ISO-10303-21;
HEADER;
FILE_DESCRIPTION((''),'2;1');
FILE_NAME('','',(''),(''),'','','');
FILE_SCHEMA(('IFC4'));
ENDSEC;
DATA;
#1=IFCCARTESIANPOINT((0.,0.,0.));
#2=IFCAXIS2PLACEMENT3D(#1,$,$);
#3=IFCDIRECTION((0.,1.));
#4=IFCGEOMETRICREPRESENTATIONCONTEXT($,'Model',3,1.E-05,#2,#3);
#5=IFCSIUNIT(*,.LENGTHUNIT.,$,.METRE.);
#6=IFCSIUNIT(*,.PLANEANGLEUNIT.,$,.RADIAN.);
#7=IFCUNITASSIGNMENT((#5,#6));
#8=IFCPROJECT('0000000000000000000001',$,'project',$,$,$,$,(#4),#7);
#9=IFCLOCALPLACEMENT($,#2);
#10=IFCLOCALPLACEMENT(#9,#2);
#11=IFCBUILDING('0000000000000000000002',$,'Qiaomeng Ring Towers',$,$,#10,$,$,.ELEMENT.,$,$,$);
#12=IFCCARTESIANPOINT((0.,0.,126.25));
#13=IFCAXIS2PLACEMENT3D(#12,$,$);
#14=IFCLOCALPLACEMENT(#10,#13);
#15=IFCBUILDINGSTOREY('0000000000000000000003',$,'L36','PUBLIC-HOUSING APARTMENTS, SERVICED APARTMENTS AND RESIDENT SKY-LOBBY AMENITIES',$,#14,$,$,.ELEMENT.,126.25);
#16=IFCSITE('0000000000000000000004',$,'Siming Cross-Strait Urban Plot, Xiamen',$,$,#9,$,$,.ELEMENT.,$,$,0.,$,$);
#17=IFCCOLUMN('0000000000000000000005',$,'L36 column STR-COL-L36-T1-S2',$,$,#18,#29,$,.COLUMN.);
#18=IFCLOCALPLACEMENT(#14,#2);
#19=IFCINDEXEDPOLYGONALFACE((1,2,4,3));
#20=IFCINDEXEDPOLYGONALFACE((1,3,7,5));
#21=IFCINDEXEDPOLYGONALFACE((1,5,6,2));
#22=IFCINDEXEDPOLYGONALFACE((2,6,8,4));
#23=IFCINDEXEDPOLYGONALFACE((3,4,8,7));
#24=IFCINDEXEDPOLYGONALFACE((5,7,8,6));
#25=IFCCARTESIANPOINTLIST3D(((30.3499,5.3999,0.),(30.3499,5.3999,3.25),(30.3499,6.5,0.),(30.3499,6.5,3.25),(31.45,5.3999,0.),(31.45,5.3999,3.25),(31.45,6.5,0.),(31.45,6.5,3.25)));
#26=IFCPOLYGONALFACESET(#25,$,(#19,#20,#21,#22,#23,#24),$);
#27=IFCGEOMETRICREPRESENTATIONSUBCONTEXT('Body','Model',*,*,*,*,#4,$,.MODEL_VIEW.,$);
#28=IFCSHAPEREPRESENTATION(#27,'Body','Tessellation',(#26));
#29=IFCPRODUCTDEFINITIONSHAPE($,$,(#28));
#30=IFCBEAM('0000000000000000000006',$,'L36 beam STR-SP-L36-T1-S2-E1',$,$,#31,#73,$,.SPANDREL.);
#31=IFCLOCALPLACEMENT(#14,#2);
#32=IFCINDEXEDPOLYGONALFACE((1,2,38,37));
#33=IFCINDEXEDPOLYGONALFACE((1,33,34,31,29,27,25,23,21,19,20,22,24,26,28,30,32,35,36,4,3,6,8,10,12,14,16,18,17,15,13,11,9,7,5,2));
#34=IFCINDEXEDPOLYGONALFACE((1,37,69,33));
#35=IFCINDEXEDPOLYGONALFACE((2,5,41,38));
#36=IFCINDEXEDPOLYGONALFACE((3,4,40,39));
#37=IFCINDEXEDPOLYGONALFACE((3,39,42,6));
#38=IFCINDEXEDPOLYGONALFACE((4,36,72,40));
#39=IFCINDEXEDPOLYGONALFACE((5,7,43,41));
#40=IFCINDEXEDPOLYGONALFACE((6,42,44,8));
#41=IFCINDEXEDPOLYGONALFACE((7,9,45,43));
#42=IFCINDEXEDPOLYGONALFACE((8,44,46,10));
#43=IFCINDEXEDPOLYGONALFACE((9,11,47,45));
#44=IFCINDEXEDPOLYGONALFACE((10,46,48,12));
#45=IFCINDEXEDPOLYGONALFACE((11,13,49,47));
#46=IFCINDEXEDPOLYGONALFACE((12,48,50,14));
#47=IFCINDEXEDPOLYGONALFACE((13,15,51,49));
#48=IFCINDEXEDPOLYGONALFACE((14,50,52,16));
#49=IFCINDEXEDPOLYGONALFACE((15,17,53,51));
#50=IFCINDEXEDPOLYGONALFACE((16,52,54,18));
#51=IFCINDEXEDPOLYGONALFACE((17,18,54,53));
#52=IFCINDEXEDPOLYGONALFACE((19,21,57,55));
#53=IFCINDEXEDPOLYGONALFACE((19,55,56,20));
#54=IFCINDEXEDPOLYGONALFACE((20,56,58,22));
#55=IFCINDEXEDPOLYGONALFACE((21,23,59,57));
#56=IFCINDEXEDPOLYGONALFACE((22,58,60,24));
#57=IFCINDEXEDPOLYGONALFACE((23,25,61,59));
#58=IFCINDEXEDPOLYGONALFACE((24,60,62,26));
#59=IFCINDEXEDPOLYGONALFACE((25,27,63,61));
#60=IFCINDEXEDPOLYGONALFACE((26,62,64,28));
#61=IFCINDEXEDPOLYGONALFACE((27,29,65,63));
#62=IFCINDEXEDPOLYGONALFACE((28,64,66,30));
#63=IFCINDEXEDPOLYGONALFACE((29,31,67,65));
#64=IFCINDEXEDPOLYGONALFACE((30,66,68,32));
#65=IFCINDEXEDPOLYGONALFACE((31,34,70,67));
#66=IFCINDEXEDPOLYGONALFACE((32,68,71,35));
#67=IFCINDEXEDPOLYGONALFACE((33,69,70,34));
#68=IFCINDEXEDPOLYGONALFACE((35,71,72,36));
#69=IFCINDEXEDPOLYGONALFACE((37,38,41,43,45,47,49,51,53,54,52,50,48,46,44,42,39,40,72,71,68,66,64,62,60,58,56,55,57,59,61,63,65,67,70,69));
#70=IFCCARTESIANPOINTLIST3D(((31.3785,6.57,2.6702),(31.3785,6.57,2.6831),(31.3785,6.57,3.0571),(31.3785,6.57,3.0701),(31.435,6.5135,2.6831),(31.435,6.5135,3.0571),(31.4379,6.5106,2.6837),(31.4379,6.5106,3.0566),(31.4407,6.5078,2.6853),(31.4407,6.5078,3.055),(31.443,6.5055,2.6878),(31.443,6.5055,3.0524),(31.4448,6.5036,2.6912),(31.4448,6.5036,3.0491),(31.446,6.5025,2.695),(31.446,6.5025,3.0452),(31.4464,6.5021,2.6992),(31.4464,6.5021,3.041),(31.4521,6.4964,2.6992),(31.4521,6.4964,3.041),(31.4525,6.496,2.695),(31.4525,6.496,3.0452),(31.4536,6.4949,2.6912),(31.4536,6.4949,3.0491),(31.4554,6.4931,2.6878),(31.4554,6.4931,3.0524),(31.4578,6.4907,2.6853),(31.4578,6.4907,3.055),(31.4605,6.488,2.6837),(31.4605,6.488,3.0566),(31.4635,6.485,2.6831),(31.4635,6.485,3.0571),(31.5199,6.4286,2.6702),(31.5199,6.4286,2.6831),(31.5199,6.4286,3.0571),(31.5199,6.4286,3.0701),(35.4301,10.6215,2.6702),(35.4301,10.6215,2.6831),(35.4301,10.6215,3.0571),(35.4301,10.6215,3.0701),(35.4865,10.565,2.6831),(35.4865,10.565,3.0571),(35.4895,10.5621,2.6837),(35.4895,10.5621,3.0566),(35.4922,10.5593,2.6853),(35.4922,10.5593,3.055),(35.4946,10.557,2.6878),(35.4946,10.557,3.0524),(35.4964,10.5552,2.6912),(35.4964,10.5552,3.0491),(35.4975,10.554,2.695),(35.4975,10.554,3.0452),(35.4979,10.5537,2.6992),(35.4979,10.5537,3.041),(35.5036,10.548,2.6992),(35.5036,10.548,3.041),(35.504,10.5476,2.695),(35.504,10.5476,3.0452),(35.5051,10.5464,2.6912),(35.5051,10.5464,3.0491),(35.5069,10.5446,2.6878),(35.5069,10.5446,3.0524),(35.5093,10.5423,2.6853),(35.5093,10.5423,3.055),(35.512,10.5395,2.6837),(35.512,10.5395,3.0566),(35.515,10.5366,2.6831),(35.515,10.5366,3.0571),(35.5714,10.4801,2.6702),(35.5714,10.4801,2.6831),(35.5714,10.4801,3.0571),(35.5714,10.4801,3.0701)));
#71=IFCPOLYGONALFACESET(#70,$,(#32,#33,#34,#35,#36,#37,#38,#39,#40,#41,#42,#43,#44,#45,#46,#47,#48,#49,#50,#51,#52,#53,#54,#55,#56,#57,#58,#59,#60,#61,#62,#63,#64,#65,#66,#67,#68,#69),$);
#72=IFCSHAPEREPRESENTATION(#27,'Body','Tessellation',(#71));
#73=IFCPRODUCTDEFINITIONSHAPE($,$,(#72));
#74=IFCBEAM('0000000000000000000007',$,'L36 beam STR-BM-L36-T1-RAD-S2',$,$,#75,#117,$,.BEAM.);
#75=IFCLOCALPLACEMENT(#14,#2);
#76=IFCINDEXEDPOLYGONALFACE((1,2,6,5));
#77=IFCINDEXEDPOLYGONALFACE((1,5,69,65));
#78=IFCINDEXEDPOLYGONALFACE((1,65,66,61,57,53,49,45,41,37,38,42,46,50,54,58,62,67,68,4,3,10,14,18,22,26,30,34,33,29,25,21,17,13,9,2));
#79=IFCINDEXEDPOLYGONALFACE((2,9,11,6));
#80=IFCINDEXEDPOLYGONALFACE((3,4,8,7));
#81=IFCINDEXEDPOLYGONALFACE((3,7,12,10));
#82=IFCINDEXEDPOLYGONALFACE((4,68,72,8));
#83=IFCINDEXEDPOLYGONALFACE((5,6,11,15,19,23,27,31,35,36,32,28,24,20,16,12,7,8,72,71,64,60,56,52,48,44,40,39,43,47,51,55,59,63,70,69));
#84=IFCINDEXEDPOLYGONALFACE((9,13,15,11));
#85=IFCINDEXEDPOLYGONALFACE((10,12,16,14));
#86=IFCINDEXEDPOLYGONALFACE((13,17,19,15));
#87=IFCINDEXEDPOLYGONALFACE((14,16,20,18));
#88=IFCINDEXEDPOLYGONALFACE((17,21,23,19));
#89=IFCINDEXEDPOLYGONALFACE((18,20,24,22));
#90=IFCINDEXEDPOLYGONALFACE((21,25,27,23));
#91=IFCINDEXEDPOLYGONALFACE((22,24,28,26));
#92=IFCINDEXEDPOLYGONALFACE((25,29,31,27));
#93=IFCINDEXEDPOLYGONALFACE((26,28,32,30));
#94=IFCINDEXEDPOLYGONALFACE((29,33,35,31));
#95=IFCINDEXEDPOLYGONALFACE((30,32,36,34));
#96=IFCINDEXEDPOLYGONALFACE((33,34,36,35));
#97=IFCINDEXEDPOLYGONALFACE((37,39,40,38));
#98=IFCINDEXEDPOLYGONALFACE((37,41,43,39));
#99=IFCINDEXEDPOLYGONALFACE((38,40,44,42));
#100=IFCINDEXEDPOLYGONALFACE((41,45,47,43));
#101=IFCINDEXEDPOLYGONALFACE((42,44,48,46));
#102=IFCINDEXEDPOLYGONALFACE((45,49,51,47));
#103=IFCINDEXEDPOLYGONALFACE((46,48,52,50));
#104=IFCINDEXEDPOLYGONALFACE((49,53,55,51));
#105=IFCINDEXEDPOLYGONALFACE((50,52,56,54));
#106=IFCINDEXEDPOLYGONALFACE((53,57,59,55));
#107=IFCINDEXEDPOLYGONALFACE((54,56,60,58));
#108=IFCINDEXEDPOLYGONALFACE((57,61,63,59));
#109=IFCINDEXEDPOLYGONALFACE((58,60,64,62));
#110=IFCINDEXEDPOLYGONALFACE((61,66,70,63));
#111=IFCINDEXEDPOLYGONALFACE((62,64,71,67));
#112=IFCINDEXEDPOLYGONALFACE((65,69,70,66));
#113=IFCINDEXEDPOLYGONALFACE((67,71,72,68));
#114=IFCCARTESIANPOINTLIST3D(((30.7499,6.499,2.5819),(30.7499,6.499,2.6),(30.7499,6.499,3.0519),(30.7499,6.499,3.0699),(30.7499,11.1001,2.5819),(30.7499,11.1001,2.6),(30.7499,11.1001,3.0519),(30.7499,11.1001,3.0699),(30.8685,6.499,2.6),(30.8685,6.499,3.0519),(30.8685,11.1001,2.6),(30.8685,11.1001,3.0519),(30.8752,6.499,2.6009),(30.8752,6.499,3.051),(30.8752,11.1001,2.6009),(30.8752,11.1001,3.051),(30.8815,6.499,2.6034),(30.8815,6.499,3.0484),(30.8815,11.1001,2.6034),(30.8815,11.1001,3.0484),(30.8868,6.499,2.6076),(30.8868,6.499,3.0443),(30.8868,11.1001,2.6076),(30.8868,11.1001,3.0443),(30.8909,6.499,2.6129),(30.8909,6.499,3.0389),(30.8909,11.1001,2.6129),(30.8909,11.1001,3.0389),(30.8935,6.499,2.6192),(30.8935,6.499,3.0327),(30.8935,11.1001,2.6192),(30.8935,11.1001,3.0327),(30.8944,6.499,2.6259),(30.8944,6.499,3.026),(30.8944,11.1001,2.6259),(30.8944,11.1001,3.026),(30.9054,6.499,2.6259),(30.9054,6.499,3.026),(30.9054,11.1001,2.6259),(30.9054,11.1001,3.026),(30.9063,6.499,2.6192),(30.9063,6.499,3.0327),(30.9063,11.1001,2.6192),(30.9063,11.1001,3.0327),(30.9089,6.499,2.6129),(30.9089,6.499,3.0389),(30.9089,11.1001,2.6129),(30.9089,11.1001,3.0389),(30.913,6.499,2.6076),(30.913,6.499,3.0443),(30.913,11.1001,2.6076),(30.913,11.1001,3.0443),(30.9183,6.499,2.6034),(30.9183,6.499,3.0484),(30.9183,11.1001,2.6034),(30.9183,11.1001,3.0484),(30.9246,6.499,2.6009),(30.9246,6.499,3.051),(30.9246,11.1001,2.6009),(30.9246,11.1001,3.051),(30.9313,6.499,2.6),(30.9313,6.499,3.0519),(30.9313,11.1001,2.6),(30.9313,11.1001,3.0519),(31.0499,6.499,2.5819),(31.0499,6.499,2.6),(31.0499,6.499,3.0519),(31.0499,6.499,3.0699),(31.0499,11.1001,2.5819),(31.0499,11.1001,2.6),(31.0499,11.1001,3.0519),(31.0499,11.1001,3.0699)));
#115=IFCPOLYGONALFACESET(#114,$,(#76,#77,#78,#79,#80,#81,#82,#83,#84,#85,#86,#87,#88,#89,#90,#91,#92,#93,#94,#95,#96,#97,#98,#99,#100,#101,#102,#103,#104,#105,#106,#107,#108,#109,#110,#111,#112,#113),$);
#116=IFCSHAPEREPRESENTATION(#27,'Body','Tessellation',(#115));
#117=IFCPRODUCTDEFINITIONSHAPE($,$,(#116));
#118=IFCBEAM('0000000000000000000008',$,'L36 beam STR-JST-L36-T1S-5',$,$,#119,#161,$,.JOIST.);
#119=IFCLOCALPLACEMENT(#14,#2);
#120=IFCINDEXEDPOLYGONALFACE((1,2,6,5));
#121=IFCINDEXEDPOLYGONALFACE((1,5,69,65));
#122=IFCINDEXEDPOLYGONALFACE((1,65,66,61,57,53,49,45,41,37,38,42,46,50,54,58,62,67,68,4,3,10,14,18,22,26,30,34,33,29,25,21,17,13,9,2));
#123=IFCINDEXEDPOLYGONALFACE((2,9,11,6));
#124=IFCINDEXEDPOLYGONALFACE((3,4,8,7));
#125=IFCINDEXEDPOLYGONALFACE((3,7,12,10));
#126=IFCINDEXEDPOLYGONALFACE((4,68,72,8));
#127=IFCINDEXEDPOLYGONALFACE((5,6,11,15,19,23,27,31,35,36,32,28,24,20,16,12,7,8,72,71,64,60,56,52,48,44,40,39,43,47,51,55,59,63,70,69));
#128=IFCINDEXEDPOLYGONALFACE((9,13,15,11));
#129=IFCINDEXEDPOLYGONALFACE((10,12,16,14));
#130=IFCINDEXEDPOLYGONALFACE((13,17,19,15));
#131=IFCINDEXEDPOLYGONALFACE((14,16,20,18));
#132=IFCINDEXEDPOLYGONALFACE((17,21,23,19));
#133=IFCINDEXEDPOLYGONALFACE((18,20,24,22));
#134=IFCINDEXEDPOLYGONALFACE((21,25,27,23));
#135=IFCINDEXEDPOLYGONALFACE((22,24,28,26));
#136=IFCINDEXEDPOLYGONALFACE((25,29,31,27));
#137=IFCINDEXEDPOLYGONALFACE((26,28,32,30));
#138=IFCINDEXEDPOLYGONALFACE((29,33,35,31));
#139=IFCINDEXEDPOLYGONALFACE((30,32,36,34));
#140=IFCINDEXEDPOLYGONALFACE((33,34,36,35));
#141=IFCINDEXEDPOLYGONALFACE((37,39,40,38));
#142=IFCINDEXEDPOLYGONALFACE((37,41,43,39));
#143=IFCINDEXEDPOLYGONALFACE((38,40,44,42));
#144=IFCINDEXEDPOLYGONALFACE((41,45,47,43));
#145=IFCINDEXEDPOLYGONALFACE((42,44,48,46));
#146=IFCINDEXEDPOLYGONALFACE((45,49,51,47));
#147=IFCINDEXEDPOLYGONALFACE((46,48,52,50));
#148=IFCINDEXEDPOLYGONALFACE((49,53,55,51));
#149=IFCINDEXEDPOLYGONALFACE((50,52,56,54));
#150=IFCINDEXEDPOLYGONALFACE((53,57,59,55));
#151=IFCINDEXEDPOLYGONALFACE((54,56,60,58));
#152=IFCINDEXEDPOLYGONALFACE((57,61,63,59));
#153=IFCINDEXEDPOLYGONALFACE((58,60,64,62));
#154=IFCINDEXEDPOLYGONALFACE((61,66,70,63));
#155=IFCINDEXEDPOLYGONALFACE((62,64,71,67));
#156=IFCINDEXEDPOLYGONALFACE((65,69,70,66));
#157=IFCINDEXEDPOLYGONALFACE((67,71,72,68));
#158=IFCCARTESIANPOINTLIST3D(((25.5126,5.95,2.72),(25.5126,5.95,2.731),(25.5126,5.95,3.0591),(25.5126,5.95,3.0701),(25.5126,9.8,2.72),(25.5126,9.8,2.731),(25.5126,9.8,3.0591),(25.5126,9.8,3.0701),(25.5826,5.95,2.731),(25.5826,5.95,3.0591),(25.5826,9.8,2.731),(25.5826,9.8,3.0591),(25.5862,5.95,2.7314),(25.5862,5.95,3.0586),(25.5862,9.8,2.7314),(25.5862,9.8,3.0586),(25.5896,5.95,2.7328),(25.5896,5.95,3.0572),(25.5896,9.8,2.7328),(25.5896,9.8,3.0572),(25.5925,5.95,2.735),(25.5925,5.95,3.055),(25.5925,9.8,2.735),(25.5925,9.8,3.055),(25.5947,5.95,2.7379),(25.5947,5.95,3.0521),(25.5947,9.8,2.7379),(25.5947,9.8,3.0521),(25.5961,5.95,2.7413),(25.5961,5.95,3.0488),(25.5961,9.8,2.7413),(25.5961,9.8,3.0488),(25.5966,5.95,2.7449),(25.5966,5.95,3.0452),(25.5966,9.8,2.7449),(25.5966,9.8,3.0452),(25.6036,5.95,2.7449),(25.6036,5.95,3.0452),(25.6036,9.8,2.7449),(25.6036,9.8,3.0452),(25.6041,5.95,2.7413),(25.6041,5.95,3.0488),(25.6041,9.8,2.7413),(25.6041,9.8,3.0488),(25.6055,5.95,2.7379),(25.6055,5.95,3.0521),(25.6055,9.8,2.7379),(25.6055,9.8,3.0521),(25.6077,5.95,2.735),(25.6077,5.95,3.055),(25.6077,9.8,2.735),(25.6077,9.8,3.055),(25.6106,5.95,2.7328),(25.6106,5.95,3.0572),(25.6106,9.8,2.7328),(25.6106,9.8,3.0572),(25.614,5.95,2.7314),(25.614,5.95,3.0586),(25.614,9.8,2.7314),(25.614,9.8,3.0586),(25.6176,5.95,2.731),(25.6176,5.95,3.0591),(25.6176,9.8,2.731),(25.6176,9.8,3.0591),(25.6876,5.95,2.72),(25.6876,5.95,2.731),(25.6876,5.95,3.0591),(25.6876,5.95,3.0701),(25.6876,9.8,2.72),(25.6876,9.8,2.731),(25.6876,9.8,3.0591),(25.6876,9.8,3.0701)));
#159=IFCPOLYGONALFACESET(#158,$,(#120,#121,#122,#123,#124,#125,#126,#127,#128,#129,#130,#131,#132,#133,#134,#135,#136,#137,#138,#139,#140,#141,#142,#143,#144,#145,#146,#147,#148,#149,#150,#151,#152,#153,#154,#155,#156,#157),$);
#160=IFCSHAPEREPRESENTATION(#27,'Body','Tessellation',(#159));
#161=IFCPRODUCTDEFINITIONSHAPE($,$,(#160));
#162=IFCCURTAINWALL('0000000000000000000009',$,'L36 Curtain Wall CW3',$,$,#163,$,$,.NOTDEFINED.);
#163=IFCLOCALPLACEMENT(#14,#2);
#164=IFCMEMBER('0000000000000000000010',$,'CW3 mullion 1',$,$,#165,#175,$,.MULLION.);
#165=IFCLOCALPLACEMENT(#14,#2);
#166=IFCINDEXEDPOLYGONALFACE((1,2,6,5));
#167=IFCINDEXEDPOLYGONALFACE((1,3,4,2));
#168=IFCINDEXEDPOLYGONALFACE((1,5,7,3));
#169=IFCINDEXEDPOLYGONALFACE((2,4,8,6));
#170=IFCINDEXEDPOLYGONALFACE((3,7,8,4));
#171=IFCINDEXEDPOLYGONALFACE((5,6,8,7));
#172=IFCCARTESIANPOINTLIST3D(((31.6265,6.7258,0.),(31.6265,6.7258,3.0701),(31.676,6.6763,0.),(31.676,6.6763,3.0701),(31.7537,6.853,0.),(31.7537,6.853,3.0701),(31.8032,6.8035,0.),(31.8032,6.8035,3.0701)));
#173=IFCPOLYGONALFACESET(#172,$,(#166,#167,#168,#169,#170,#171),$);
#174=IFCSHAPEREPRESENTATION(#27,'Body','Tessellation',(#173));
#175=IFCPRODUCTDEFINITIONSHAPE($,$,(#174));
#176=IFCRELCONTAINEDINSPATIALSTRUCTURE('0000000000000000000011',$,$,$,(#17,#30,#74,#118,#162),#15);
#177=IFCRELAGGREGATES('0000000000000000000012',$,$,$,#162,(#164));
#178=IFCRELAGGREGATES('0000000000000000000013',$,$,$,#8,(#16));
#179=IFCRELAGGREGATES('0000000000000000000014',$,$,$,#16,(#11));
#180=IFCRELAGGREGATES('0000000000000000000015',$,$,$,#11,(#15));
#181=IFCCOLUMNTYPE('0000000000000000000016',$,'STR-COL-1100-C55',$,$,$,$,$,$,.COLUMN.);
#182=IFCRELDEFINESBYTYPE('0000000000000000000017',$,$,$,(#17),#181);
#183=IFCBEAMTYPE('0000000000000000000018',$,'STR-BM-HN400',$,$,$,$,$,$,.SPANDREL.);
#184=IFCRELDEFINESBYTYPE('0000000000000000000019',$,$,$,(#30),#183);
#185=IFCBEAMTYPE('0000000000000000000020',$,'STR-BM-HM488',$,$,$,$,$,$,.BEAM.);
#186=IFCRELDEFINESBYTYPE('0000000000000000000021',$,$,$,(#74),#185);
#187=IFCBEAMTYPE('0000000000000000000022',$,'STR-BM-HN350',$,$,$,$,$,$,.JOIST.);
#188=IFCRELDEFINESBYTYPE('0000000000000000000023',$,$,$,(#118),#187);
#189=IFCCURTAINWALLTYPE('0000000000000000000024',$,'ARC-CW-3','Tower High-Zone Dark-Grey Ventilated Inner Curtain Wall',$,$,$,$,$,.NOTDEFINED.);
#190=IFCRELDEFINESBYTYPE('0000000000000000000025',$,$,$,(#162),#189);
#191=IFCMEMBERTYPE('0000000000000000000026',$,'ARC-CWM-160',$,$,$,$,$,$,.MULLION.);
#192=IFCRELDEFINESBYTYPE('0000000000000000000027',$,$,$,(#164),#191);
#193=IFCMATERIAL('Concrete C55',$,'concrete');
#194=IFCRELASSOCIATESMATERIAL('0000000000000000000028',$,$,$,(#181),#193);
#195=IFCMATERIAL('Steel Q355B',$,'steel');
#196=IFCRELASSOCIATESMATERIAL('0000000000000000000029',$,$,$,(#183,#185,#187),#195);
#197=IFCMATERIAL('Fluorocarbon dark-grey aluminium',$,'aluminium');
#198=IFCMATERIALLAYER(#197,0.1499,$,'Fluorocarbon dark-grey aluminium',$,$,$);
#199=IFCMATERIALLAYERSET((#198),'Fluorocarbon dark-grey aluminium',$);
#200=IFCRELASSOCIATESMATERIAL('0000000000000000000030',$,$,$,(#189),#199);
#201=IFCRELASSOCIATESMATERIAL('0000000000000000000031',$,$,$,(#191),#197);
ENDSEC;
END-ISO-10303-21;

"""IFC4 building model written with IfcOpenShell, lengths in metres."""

from ifc_helpers import new_model, si_unit, direction, frame, origin, origin_2d, place, context, subcontext, project, spatial, rectangle, i_section, extrude, source, transform, mapped, material, layer, layer_set, material_profile, profile_set, type_object, element, aggregate, save


model = new_model("IFC4")

# Units and contexts
model_context = context("Model", 3, precision=1e-05, world=origin(), true_north=direction((0.0, 1.0)))
body_context = subcontext(model_context, "Body", "Model", "MODEL_VIEW")
ifc_project = project(units=[si_unit("LENGTHUNIT", "METRE"), si_unit("PLANEANGLEUNIT", "RADIAN")], contexts=[model_context])

# Site, building, storey
site_placement = place(None, origin())
site = spatial("IfcSite", under=ifc_project, at=site_placement, Name="Siming Cross-Strait Urban Plot, Xiamen", CompositionType="ELEMENT", RefElevation=0.0)
building_placement = place(site_placement, origin())
building = spatial("IfcBuilding", under=site, at=building_placement, Name="Qiaomeng Ring Towers", CompositionType="ELEMENT")
storey_placement = place(building_placement, frame((0.0, 0.0, 126.25)))
storey = spatial("IfcBuildingStorey", under=building, at=storey_placement, Name="L36", Description="PUBLIC-HOUSING APARTMENTS, SERVICED APARTMENTS AND RESIDENT SKY-LOBBY AMENITIES", CompositionType="ELEMENT", Elevation=126.25)

# Column
ifc_material_1 = material(Name="Concrete C55", Category="concrete")
ifc_material_profile_1 = material_profile(ifc_material_1, rectangle(XDim=1.1001, YDim=1.1001, at=origin_2d()), Name="RC COL 1100x1100")
ifc_profile_set_1 = profile_set([ifc_material_profile_1], Name="Concrete C55")
column_type = type_object("IfcColumnType", Name="STR-COL-1100-C55", PredefinedType="COLUMN", material=ifc_profile_set_1)
shared_shape_1 = source(origin(), body_context, "Body", "SweptSolid", [
    extrude(rectangle(XDim=1.1001, YDim=1.1001, at=origin_2d()), origin(), (0.0, 0.0, 1.0), 3.25),
])
column_placement = place(storey_placement, frame((30.8999, 5.95, 0.0), z_axis=(0.0, 0.0, 1.0), x_axis=(1.0, 0.0, 0.0)))
element("IfcColumn", 1, at=column_placement, inside=storey, type_object=column_type, Name="L36 column STR-COL-L36-T1-S2", PredefinedType="COLUMN", context=body_context, shape_type="MappedRepresentation", body=[
    mapped(shared_shape_1, transform((0.0, 0.0, 0.0), x_axis=(1.0, 0.0, 0.0), y_axis=(0.0, 1.0, 0.0), z_axis=(0.0, 0.0, 1.0), scale=1.0)),
])

# Beams
ifc_material_2 = material(Name="Steel Q355B", Category="steel")
ifc_material_profile_2 = material_profile(ifc_material_2, i_section(OverallWidth=0.2, OverallDepth=0.3999, WebThickness=0.0081, FlangeThickness=0.0129, FilletRadius=0.0161, at=origin_2d()), Name="HN 400x200x8x13")
ifc_profile_set_2 = profile_set([ifc_material_profile_2], Name="Steel Q355B")
beam_type_1 = type_object("IfcBeamType", Name="STR-BM-HN400", PredefinedType="SPANDREL", material=ifc_profile_set_2)
shared_shape_2 = source(origin(), body_context, "Body", "SweptSolid", [
    extrude(i_section(OverallWidth=0.2, OverallDepth=0.3999, WebThickness=0.0081, FlangeThickness=0.0129, FilletRadius=0.0161, at=origin_2d()), origin(), (0.0, 0.0, 1.0), 5.7297),
])
beam_1_placement = place(storey_placement, frame((31.4492, 6.4993, 2.8701), z_axis=(0.707107, 0.707107, 0.0), x_axis=(-0.707107, 0.707107, 0.0)))
element("IfcBeam", 2, at=beam_1_placement, inside=storey, type_object=beam_type_1, Name="L36 beam STR-SP-L36-T1-S2-E1", PredefinedType="SPANDREL", context=body_context, shape_type="MappedRepresentation", body=[
    mapped(shared_shape_2, transform((0.0, 0.0, 0.0), x_axis=(1.0, 0.0, 0.0), y_axis=(0.0, 1.0, 0.0), z_axis=(0.0, 0.0, 1.0), scale=1.0)),
])
ifc_material_profile_3 = material_profile(ifc_material_2, i_section(OverallWidth=0.3, OverallDepth=0.488, WebThickness=0.011, FlangeThickness=0.0181, FilletRadius=0.0259, at=origin_2d()), Name="HM 488x300x11x18")
ifc_profile_set_3 = profile_set([ifc_material_profile_3], Name="Steel Q355B")
beam_type_2 = type_object("IfcBeamType", Name="STR-BM-HM488", PredefinedType="BEAM", material=ifc_profile_set_3)
shared_shape_3 = source(origin(), body_context, "Body", "SweptSolid", [
    extrude(i_section(OverallWidth=0.3, OverallDepth=0.488, WebThickness=0.011, FlangeThickness=0.0181, FilletRadius=0.0259, at=origin_2d()), origin(), (0.0, 0.0, 1.0), 4.6011),
])
beam_2_placement = place(storey_placement, frame((30.8999, 6.499, 2.8259), z_axis=(0.0, 1.0, 0.0), x_axis=(-1.0, 0.0, 0.0)))
element("IfcBeam", 3, at=beam_2_placement, inside=storey, type_object=beam_type_2, Name="L36 beam STR-BM-L36-T1-RAD-S2", PredefinedType="BEAM", context=body_context, shape_type="MappedRepresentation", body=[
    mapped(shared_shape_3, transform((0.0, 0.0, 0.0), x_axis=(1.0, 0.0, 0.0), y_axis=(0.0, 1.0, 0.0), z_axis=(0.0, 0.0, 1.0), scale=1.0)),
])
ifc_material_profile_4 = material_profile(ifc_material_2, i_section(OverallWidth=0.175, OverallDepth=0.3501, WebThickness=0.0071, FlangeThickness=0.011, FilletRadius=0.0139, at=origin_2d()), Name="HN 350x175x7x11")
ifc_profile_set_4 = profile_set([ifc_material_profile_4], Name="Steel Q355B")
beam_type_3 = type_object("IfcBeamType", Name="STR-BM-HN350", PredefinedType="JOIST", material=ifc_profile_set_4)
shared_shape_4 = source(origin(), body_context, "Body", "SweptSolid", [
    extrude(i_section(OverallWidth=0.175, OverallDepth=0.3501, WebThickness=0.0071, FlangeThickness=0.011, FilletRadius=0.0139, at=origin_2d()), origin(), (0.0, 0.0, 1.0), 3.8501),
])
beam_3_placement = place(storey_placement, frame((25.6001, 5.95, 2.895), z_axis=(0.0, 1.0, 0.0), x_axis=(-1.0, 0.0, 0.0)))
element("IfcBeam", 4, at=beam_3_placement, inside=storey, type_object=beam_type_3, Name="L36 beam STR-JST-L36-T1S-5", PredefinedType="JOIST", context=body_context, shape_type="MappedRepresentation", body=[
    mapped(shared_shape_4, transform((0.0, 0.0, 0.0), x_axis=(1.0, 0.0, 0.0), y_axis=(0.0, 1.0, 0.0), z_axis=(0.0, 0.0, 1.0), scale=1.0)),
])

# Curtain wall, member
ifc_material_3 = material(Name="Fluorocarbon dark-grey aluminium", Category="aluminium")
ifc_layer_1 = layer(ifc_material_3, 0.1499, Name="Fluorocarbon dark-grey aluminium")
ifc_layer_set_1 = layer_set([ifc_layer_1], Name="Fluorocarbon dark-grey aluminium")
curtain_wall_type = type_object("IfcCurtainWallType", Name="ARC-CW-3", Description="Tower High-Zone Dark-Grey Ventilated Inner Curtain Wall", PredefinedType="NOTDEFINED", material=ifc_layer_set_1)
curtain_wall_placement = place(storey_placement, origin())
curtain_wall = element("IfcCurtainWall", 5, at=curtain_wall_placement, inside=storey, type_object=curtain_wall_type, Name="L36 Curtain Wall CW3", PredefinedType="NOTDEFINED")
ifc_material_profile_5 = material_profile(ifc_material_3, rectangle(XDim=0.0701, YDim=0.1799, at=origin_2d()), Name="ALU MULL 70x180")
ifc_profile_set_5 = profile_set([ifc_material_profile_5], Name="Fluorocarbon dark-grey aluminium")
member_type_1 = type_object("IfcMemberType", Name="ARC-CWM-160", PredefinedType="MULLION", material=ifc_profile_set_5)
shared_shape_5 = source(origin(), body_context, "Body", "SweptSolid", [
    extrude(rectangle(XDim=0.0701, YDim=0.1799, at=origin_2d()), origin(), (0.0, 0.0, 1.0), 3.0701),
])
member_1_placement = place(storey_placement, frame((31.7148, 6.7646, 0.0), z_axis=(0.0, 0.0, 1.0), x_axis=(-0.707107, 0.707107, 0.0)))
member_1 = element("IfcMember", 6, at=member_1_placement, type_object=member_type_1, Name="CW3 mullion 1", PredefinedType="MULLION", context=body_context, shape_type="MappedRepresentation", body=[
    mapped(shared_shape_5, transform((0.0, 0.0, 0.0), x_axis=(1.0, 0.0, 0.0), y_axis=(0.0, 1.0, 0.0), z_axis=(0.0, 0.0, 1.0), scale=1.0)),
])
aggregate(curtain_wall, [member_1])

save(model, "model.ifc")
